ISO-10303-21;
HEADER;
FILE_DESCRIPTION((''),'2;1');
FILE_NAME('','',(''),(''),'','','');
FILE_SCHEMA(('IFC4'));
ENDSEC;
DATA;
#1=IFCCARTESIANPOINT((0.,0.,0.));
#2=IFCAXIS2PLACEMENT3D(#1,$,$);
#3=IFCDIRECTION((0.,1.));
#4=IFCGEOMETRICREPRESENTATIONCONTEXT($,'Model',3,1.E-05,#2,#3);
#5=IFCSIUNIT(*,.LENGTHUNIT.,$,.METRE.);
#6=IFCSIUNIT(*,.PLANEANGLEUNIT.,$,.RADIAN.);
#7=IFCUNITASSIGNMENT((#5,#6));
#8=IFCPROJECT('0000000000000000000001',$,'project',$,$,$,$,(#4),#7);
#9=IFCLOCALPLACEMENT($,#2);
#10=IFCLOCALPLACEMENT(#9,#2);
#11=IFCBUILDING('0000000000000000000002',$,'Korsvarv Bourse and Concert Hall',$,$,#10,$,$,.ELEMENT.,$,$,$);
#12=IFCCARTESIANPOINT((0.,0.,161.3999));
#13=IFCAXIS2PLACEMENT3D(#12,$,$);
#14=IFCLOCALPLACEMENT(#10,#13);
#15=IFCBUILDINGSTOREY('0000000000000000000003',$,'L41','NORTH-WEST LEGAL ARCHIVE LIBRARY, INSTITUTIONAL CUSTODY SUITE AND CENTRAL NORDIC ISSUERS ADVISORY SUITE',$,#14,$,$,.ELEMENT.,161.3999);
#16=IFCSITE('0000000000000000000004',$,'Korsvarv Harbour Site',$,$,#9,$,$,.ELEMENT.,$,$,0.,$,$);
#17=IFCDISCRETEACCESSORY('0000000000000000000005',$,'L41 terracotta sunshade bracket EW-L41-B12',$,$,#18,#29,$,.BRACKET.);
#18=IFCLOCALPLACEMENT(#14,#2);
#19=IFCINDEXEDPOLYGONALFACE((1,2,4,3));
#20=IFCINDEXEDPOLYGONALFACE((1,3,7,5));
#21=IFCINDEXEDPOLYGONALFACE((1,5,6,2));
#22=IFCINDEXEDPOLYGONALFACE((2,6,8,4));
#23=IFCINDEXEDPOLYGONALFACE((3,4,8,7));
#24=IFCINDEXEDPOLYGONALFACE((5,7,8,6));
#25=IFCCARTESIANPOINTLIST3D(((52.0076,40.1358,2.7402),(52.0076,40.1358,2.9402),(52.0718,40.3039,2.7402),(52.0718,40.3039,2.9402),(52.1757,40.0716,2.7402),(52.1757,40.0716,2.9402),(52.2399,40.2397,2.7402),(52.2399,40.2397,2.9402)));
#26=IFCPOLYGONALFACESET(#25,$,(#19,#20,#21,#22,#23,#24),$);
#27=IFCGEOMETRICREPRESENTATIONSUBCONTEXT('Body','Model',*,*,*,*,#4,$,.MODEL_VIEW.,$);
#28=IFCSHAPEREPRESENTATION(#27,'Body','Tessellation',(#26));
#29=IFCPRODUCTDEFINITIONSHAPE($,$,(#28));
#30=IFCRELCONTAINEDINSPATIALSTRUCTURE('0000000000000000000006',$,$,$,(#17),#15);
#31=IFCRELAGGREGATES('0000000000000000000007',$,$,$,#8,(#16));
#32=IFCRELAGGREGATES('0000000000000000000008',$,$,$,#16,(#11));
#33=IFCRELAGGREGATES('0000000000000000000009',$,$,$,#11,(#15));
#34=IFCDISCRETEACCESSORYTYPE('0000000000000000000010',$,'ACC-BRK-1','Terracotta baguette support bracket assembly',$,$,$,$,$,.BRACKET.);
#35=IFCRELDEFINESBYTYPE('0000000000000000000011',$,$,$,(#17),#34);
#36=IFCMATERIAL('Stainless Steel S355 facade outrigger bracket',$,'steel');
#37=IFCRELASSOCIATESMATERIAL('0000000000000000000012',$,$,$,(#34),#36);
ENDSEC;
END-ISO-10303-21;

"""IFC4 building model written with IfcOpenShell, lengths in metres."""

from ifc_helpers import new_model, si_unit, direction, frame, origin, origin_2d, place, context, subcontext, project, spatial, rectangle, extrude, source, transform, mapped, material, type_object, element, save


model = new_model("IFC4")

# Units and contexts
model_context = context("Model", 3, precision=1e-05, world=origin(), true_north=direction((0.0, 1.0)))
body_context = subcontext(model_context, "Body", "Model", "MODEL_VIEW")
ifc_project = project(units=[si_unit("LENGTHUNIT", "METRE"), si_unit("PLANEANGLEUNIT", "RADIAN")], contexts=[model_context])

# Site, building, storey
site_placement = place(None, origin())
site = spatial("IfcSite", under=ifc_project, at=site_placement, Name="Korsvarv Harbour Site", CompositionType="ELEMENT", RefElevation=0.0)
building_placement = place(site_placement, origin())
building = spatial("IfcBuilding", under=site, at=building_placement, Name="Korsvarv Bourse and Concert Hall", CompositionType="ELEMENT")
storey_placement = place(building_placement, frame((0.0, 0.0, 161.3999)))
storey = spatial("IfcBuildingStorey", under=building, at=storey_placement, Name="L41", Description="NORTH-WEST LEGAL ARCHIVE LIBRARY, INSTITUTIONAL CUSTODY SUITE AND CENTRAL NORDIC ISSUERS ADVISORY SUITE", CompositionType="ELEMENT", Elevation=161.3999)

# Discrete accessory
ifc_material_1 = material(Name="Stainless Steel S355 facade outrigger bracket", Category="steel")
discrete_accessory_type = type_object("IfcDiscreteAccessoryType", Name="ACC-BRK-1", Description="Terracotta baguette support bracket assembly", PredefinedType="BRACKET", material=ifc_material_1)
shared_shape_1 = source(origin(), body_context, "Body", "SweptSolid", [
    extrude(rectangle(XDim=0.1799, YDim=0.1799, at=origin_2d()), origin(), (0.0, 0.0, 1.0), 0.2),
])
for number, where, z_axis, x_axis, name in (
    (1, (52.1238, 40.1877, 2.7402), (0.0, 0.0, 1.0), (0.356738, 0.934204, 0.0), "L41 terracotta sunshade bracket EW-L41-B12"),
):
    element("IfcDiscreteAccessory", number, at=place(storey_placement, frame(where, z_axis=z_axis, x_axis=x_axis)), inside=storey, type_object=discrete_accessory_type, Name=name, PredefinedType="BRACKET", context=body_context, shape_type="MappedRepresentation", body=[
        mapped(shared_shape_1, transform((0.0, 0.0, 0.0), scale=1.0)),
    ])

save(model, "model.ifc")
